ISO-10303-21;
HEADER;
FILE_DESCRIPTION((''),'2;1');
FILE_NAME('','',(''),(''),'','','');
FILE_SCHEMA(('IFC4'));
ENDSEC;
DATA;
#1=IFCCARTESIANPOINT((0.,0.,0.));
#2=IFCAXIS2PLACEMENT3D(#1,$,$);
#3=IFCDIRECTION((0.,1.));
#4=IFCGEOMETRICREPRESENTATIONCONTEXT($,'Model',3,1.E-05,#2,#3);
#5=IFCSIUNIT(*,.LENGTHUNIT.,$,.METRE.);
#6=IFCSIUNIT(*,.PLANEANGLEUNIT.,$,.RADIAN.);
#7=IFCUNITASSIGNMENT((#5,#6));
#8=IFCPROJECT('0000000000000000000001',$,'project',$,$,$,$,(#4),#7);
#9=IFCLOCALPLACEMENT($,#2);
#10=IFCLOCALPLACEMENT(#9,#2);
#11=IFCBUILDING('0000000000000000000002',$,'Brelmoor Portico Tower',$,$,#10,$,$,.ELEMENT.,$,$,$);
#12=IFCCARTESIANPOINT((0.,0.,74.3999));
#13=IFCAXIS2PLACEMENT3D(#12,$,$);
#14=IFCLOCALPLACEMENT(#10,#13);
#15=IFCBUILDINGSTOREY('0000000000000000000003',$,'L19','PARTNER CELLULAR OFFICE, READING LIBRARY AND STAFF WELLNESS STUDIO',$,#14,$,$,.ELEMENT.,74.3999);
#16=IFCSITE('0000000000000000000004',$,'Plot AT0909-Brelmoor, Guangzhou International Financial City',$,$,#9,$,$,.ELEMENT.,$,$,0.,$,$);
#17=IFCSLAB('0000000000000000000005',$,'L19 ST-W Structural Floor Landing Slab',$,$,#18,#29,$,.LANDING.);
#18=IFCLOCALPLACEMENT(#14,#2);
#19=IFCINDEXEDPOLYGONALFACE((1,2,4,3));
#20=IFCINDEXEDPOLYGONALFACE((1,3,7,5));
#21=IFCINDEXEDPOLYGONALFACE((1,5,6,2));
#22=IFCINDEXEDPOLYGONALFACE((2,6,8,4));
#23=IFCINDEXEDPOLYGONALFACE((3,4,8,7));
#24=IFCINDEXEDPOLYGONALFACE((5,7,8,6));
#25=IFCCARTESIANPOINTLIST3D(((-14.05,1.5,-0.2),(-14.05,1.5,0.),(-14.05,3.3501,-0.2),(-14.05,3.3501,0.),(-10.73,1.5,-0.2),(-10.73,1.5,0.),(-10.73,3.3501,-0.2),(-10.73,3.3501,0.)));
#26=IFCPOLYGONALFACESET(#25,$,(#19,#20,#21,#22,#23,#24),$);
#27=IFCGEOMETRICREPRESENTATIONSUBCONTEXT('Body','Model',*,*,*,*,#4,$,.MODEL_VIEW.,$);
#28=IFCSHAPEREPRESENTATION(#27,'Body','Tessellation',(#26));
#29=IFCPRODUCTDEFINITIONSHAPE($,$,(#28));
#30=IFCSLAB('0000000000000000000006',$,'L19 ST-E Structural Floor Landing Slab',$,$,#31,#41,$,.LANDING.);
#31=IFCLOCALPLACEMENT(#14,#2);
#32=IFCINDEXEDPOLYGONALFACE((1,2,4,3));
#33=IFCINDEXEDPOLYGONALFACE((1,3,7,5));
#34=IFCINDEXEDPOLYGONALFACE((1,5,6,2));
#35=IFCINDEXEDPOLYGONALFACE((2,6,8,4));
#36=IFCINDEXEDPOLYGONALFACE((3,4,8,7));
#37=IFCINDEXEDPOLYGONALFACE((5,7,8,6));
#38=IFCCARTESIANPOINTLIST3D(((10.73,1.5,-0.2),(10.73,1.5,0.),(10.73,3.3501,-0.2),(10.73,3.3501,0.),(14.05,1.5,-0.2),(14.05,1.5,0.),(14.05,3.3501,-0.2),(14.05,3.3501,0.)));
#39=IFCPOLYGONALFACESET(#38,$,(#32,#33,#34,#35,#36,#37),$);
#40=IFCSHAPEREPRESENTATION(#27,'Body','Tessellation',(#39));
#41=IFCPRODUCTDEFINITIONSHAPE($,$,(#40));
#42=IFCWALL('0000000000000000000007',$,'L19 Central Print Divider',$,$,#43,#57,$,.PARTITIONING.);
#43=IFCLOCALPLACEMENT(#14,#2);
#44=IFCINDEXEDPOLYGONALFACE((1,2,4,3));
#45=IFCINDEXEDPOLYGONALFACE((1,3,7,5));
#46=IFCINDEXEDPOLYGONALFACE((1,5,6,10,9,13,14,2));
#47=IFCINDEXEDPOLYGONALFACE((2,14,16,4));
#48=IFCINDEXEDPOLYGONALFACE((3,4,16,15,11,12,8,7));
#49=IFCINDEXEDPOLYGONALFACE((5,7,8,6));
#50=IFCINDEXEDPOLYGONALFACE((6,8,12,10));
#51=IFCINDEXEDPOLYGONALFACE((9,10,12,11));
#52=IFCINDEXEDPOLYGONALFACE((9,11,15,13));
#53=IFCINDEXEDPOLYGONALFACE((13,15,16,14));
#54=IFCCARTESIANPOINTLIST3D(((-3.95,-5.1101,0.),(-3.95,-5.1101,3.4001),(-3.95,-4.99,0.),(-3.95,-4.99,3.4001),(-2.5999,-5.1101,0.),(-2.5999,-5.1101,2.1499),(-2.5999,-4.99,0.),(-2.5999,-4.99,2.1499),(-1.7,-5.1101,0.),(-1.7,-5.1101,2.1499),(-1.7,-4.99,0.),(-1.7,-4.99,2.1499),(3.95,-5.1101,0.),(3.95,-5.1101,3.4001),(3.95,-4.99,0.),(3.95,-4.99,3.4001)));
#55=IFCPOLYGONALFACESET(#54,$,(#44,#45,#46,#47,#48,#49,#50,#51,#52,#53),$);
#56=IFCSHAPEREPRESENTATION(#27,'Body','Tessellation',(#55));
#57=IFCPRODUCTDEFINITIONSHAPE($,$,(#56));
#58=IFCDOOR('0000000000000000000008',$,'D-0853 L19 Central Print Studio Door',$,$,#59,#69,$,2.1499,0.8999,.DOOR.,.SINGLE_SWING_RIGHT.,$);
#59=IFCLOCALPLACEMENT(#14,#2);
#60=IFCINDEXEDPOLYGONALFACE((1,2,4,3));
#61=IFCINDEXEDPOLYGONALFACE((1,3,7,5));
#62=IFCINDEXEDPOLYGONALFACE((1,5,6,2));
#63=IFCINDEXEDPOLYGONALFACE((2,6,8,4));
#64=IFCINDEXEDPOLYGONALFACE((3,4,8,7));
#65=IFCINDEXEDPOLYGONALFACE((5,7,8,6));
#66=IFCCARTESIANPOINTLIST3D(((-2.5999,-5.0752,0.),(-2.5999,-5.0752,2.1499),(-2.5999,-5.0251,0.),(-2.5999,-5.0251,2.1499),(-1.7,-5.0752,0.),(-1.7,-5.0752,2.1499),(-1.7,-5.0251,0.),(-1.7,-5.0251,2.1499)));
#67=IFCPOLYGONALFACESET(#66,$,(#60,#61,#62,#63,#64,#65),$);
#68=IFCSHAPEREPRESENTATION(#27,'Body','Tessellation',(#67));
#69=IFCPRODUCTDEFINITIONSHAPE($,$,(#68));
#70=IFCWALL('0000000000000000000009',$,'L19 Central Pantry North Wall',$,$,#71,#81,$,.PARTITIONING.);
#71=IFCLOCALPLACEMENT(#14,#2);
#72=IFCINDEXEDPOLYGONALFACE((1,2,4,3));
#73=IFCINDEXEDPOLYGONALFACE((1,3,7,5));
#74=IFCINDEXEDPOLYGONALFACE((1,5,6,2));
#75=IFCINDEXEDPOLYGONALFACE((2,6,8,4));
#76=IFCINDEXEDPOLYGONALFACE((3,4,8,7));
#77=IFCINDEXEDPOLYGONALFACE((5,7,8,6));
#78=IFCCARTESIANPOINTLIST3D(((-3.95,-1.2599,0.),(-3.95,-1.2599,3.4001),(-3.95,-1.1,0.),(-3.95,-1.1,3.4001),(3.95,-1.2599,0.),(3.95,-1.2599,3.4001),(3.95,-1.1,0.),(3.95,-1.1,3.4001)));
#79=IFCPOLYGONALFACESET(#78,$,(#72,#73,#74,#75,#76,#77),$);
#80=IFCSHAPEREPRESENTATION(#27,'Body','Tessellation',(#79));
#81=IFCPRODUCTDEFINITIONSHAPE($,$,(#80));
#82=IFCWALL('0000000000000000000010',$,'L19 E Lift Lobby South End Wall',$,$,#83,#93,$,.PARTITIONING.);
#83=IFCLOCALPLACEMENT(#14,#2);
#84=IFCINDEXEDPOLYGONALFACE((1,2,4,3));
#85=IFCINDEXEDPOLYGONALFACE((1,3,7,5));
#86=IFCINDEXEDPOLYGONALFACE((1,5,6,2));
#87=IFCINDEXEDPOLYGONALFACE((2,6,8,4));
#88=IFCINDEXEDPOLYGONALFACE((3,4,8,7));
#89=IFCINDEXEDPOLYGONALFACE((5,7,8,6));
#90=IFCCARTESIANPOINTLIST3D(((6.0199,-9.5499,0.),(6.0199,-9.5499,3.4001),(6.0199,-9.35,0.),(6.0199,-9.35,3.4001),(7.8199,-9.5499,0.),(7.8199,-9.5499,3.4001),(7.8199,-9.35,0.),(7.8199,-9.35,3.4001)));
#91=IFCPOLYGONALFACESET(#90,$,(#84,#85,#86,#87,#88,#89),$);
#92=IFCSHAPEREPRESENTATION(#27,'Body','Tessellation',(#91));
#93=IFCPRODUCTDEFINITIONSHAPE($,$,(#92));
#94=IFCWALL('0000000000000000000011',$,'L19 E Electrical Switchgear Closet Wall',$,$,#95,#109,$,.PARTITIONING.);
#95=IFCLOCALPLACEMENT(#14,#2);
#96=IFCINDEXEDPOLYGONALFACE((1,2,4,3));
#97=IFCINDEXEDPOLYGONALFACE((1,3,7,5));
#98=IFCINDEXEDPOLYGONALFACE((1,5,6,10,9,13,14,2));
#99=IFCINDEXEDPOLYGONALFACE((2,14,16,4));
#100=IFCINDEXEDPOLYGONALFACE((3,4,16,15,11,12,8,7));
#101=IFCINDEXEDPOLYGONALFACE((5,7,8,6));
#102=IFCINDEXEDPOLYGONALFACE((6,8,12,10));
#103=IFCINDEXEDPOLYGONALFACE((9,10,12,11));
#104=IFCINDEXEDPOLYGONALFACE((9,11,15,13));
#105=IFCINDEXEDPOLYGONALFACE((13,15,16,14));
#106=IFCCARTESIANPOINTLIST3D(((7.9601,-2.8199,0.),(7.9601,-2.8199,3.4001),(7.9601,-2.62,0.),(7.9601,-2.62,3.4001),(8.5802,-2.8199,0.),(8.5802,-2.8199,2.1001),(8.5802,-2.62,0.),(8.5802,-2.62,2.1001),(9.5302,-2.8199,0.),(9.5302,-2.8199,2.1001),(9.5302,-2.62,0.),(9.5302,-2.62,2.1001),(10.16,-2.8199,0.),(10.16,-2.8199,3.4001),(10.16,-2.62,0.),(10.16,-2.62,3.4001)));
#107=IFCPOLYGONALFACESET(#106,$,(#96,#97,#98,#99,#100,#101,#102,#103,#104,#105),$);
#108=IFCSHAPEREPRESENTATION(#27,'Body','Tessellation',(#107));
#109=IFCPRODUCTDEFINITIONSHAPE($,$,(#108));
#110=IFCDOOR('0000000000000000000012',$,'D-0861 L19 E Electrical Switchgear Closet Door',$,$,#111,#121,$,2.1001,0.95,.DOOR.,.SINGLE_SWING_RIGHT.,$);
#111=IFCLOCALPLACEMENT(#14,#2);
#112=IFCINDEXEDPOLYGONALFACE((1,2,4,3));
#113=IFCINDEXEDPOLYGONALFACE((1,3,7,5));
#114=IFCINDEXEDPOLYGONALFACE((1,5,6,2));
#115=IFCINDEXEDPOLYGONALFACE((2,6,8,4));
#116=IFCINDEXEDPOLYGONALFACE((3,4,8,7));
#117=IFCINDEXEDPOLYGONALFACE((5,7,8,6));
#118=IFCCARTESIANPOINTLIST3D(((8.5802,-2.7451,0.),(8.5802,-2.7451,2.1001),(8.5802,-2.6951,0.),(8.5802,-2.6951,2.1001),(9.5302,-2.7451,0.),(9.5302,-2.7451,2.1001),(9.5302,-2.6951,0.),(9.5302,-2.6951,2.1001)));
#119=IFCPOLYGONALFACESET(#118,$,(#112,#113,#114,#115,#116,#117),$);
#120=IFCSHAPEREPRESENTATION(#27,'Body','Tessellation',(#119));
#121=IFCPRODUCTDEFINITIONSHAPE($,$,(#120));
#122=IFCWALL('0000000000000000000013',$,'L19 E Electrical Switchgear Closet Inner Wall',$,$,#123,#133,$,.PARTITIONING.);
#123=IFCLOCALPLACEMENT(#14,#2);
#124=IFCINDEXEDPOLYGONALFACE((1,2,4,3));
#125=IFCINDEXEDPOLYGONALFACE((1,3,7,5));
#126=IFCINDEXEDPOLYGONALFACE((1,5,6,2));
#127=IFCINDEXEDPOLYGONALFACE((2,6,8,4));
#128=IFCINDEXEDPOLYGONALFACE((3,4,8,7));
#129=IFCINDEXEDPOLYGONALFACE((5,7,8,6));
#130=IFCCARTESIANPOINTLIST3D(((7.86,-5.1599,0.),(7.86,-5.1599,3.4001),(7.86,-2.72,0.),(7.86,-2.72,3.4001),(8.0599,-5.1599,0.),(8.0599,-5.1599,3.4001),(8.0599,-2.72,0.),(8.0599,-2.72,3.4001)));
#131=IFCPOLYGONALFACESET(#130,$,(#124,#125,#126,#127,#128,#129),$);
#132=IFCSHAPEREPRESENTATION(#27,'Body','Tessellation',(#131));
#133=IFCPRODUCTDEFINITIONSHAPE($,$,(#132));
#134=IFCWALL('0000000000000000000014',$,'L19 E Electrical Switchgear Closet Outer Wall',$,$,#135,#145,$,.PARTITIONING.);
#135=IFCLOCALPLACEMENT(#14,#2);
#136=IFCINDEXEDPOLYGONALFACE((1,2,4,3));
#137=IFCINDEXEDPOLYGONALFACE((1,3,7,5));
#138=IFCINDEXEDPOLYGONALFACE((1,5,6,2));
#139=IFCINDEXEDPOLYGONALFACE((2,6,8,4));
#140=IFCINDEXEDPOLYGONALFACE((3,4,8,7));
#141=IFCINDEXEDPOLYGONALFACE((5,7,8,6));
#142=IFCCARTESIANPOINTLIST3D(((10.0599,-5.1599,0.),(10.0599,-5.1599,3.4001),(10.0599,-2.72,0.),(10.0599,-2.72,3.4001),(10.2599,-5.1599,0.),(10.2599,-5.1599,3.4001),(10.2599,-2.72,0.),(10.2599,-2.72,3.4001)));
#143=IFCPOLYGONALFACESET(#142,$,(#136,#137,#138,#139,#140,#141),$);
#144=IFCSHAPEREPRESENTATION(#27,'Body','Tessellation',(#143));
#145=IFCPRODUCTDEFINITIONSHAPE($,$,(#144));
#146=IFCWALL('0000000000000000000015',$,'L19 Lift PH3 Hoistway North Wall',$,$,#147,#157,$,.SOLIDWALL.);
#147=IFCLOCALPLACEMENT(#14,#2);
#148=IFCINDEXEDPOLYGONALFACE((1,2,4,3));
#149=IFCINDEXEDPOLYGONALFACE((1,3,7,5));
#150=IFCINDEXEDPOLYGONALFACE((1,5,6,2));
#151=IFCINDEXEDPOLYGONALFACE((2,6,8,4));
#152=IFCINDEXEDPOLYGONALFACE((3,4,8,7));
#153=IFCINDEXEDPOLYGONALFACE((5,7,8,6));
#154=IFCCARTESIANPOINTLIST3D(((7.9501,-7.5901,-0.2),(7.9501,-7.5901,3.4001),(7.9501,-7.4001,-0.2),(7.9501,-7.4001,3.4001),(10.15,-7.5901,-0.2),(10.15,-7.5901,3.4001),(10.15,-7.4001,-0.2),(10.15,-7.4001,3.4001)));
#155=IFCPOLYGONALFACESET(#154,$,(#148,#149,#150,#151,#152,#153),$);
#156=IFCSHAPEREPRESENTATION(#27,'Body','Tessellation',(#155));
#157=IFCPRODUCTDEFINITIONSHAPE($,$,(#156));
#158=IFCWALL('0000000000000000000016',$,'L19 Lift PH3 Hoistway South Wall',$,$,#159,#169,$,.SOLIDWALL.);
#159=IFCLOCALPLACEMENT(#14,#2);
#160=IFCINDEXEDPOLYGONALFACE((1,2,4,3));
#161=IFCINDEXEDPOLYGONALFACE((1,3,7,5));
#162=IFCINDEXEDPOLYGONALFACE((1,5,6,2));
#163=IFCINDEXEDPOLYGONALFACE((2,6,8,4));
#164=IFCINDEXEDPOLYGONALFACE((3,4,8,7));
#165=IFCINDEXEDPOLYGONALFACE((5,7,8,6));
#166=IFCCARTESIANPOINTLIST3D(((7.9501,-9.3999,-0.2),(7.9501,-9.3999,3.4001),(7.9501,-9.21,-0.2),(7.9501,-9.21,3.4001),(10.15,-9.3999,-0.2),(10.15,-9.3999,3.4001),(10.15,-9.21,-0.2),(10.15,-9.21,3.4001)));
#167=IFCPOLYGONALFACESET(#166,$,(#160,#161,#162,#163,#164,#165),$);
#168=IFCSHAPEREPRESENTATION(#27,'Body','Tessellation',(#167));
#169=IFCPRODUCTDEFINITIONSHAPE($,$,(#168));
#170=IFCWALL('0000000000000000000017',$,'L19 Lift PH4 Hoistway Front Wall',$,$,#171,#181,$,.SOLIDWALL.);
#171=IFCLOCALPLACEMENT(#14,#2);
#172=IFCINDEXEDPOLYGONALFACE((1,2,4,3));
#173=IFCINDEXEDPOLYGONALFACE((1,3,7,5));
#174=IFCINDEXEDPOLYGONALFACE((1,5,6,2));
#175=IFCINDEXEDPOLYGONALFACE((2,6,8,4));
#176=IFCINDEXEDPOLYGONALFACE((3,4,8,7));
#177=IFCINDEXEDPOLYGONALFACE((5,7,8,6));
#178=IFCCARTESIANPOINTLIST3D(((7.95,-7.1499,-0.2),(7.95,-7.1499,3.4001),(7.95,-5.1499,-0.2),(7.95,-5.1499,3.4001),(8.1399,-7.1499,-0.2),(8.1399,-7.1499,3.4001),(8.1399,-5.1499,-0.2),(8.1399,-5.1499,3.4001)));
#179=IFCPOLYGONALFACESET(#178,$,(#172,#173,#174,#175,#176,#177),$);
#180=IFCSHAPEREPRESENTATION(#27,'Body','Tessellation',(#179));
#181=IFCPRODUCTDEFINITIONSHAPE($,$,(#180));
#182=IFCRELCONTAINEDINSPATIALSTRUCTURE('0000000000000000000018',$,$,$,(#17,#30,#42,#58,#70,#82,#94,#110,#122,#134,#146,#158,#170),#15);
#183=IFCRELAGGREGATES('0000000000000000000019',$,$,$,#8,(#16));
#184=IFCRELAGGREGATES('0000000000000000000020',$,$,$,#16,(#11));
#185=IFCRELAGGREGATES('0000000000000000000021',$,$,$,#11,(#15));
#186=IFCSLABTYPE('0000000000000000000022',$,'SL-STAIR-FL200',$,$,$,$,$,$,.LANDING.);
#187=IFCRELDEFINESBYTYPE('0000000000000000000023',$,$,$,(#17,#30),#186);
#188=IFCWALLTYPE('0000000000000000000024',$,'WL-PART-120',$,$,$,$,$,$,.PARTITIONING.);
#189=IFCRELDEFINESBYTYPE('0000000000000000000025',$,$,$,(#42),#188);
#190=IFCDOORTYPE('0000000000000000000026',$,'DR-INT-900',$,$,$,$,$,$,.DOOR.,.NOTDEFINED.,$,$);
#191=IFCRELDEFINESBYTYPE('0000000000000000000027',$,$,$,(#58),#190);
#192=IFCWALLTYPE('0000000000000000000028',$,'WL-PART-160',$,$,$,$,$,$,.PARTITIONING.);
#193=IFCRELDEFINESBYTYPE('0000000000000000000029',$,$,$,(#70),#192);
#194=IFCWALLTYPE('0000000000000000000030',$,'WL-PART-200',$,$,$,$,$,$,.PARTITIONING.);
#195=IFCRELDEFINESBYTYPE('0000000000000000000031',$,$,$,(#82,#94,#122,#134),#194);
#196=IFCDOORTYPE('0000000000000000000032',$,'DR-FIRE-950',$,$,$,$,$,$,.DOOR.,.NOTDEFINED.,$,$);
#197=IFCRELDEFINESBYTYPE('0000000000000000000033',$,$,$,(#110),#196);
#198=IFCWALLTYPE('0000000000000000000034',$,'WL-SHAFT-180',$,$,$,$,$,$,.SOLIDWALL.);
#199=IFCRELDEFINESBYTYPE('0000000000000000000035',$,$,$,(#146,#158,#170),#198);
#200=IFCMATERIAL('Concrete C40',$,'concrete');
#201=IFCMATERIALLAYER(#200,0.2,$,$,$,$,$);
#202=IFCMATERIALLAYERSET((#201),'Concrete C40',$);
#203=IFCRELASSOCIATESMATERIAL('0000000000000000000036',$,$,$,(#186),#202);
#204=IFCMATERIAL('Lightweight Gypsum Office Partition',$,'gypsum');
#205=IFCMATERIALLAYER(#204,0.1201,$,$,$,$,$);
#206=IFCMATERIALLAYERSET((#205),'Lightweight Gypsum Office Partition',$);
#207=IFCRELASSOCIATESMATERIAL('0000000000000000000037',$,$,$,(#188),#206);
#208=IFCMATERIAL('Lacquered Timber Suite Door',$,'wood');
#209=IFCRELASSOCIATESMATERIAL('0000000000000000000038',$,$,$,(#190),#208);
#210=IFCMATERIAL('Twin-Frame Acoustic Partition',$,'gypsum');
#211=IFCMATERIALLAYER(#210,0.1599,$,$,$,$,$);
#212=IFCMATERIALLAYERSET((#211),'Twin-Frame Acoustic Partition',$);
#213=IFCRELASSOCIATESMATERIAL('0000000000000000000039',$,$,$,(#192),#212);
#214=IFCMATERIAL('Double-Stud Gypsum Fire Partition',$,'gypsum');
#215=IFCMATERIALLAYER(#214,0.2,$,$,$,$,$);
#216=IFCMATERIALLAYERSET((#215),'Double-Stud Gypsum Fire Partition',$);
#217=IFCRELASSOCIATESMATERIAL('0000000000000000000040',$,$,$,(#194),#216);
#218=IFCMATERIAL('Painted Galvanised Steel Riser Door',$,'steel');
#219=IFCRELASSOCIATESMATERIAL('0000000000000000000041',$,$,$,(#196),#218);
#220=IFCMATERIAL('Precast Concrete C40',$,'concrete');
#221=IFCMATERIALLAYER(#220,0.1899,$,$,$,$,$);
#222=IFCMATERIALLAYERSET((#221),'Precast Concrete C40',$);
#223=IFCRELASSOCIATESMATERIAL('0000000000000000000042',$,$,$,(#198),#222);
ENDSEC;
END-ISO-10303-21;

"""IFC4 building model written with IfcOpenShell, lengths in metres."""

from ifc_helpers import new_model, si_unit, direction, frame, frame_2d, origin, place, context, subcontext, project, spatial, polyline, rectangle, outline, extrude, material, layer, layer_set, type_object, element, fill, save


model = new_model("IFC4")

# Units and contexts
model_context = context("Model", 3, precision=1e-05, world=origin(), true_north=direction((0.0, 1.0)))
body_context = subcontext(model_context, "Body", "Model", "MODEL_VIEW")
ifc_project = project(units=[si_unit("LENGTHUNIT", "METRE"), si_unit("PLANEANGLEUNIT", "RADIAN")], contexts=[model_context])

# Site, building, storey
site_placement = place(None, origin())
site = spatial("IfcSite", under=ifc_project, at=site_placement, Name="Plot AT0909-Brelmoor, Guangzhou International Financial City", CompositionType="ELEMENT", RefElevation=0.0)
building_placement = place(site_placement, origin())
building = spatial("IfcBuilding", under=site, at=building_placement, Name="Brelmoor Portico Tower", CompositionType="ELEMENT")
storey_placement = place(building_placement, frame((0.0, 0.0, 74.3999)))
storey = spatial("IfcBuildingStorey", under=building, at=storey_placement, Name="L19", Description="PARTNER CELLULAR OFFICE, READING LIBRARY AND STAFF WELLNESS STUDIO", CompositionType="ELEMENT", Elevation=74.3999)

# Shared definitions
ifc_material_1 = material(Name="Concrete C40", Category="concrete")

# Slabs
ifc_layer_1 = layer(ifc_material_1, 0.2)
ifc_layer_set_1 = layer_set([ifc_layer_1], Name="Concrete C40")
slab_type_1 = type_object("IfcSlabType", Name="SL-STAIR-FL200", PredefinedType="LANDING", material=ifc_layer_set_1)
slab_1_placement = place(storey_placement, frame((0.0, 0.0, -0.2)))
element("IfcSlab", 1, at=slab_1_placement, inside=storey, type_object=slab_type_1, Name="L19 ST-W Structural Floor Landing Slab", PredefinedType="LANDING", context=body_context, shape_type="SweptSolid", body=[
    extrude(outline(polyline([(-10.73, 1.5), (-10.73, 3.3501), (-14.05, 3.3501), (-14.05, 1.5), (-10.73, 1.5)])), origin(), (0.0, 0.0, 1.0), 0.2),
])
slab_2_placement = place(storey_placement, frame((0.0, 0.0, -0.2)))
element("IfcSlab", 2, at=slab_2_placement, inside=storey, type_object=slab_type_1, Name="L19 ST-E Structural Floor Landing Slab", PredefinedType="LANDING", context=body_context, shape_type="SweptSolid", body=[
    extrude(outline(polyline([(14.05, 1.5), (14.05, 3.3501), (10.73, 3.3501), (10.73, 1.5), (14.05, 1.5)])), origin(), (0.0, 0.0, 1.0), 0.2),
])

# Wall, opening, door
ifc_material_2 = material(Name="Lightweight Gypsum Office Partition", Category="gypsum")
ifc_layer_2 = layer(ifc_material_2, 0.1201)
ifc_layer_set_2 = layer_set([ifc_layer_2], Name="Lightweight Gypsum Office Partition")
wall_type_1 = type_object("IfcWallType", Name="WL-PART-120", PredefinedType="PARTITIONING", material=ifc_layer_set_2)
wall_1_placement = place(storey_placement, frame((-3.95, -5.05, 0.0), z_axis=(0.0, 0.0, 1.0), x_axis=(1.0, 0.0, 0.0)))
wall_1 = element("IfcWall", 3, at=wall_1_placement, inside=storey, type_object=wall_type_1, Name="L19 Central Print Divider", PredefinedType="PARTITIONING", context=body_context, shape_type="SweptSolid", body=[
    extrude(rectangle(XDim=7.8999, YDim=0.1201, at=frame_2d((3.95, 0.0))), origin(), (0.0, 0.0, 1.0), 3.4001),
])
opening_1_placement = place(wall_1_placement, frame((1.3501, 0.0, 0.0)))
opening_1 = element("IfcOpeningElement", 4, at=opening_1_placement, cuts=wall_1, PredefinedType="OPENING", context=body_context, shape_type="SweptSolid", body=[
    extrude(rectangle(XDim=0.8999, YDim=2.1499, at=frame_2d((0.45, 1.075))), frame((0.0, 0.0701, 0.0), z_axis=(0.0, -1.0, 0.0), x_axis=(1.0, 0.0, 0.0)), (0.0, 0.0, 1.0), 0.1401),
])
ifc_material_3 = material(Name="Lacquered Timber Suite Door", Category="wood")
door_type_1 = type_object("IfcDoorType", Name="DR-INT-900", OperationType="NOTDEFINED", PredefinedType="DOOR", material=ifc_material_3)
door_1_placement = place(opening_1_placement, origin())
door_1 = element("IfcDoor", 5, at=door_1_placement, inside=storey, type_object=door_type_1, Name="D-0853 L19 Central Print Studio Door", OperationType="SINGLE_SWING_RIGHT", OverallHeight=2.1499, OverallWidth=0.8999, PredefinedType="DOOR", context=body_context, shape_type="SweptSolid", body=[
    extrude(rectangle(XDim=0.8999, YDim=2.1499, at=frame_2d((0.45, 1.075))), frame((0.0, 0.0249, 0.0), z_axis=(0.0, -1.0, 0.0), x_axis=(1.0, 0.0, 0.0)), (0.0, 0.0, 1.0), 0.05),
])
fill(opening_1, door_1)

# Walls
ifc_material_4 = material(Name="Twin-Frame Acoustic Partition", Category="gypsum")
ifc_layer_3 = layer(ifc_material_4, 0.1599)
ifc_layer_set_3 = layer_set([ifc_layer_3], Name="Twin-Frame Acoustic Partition")
wall_type_2 = type_object("IfcWallType", Name="WL-PART-160", PredefinedType="PARTITIONING", material=ifc_layer_set_3)
wall_2_placement = place(storey_placement, frame((-3.95, -1.1799, 0.0), z_axis=(0.0, 0.0, 1.0), x_axis=(1.0, 0.0, 0.0)))
element("IfcWall", 6, at=wall_2_placement, inside=storey, type_object=wall_type_2, Name="L19 Central Pantry North Wall", PredefinedType="PARTITIONING", context=body_context, shape_type="SweptSolid", body=[
    extrude(rectangle(XDim=7.8999, YDim=0.1599, at=frame_2d((3.95, 0.0))), origin(), (0.0, 0.0, 1.0), 3.4001),
])
ifc_material_5 = material(Name="Double-Stud Gypsum Fire Partition", Category="gypsum")
ifc_layer_4 = layer(ifc_material_5, 0.2)
ifc_layer_set_4 = layer_set([ifc_layer_4], Name="Double-Stud Gypsum Fire Partition")
wall_type_3 = type_object("IfcWallType", Name="WL-PART-200", PredefinedType="PARTITIONING", material=ifc_layer_set_4)
wall_3_placement = place(storey_placement, frame((6.02, -9.45, 0.0), z_axis=(0.0, 0.0, 1.0), x_axis=(1.0, 0.0, 0.0)))
element("IfcWall", 7, at=wall_3_placement, inside=storey, type_object=wall_type_3, Name="L19 E Lift Lobby South End Wall", PredefinedType="PARTITIONING", context=body_context, shape_type="SweptSolid", body=[
    extrude(rectangle(XDim=1.8, YDim=0.2, at=frame_2d((0.8999, 0.0))), origin(), (0.0, 0.0, 1.0), 3.4001),
])

# Wall, opening, door
wall_4_placement = place(storey_placement, frame((7.96, -2.72, 0.0), z_axis=(0.0, 0.0, 1.0), x_axis=(1.0, 0.0, 0.0)))
wall_4 = element("IfcWall", 8, at=wall_4_placement, inside=storey, type_object=wall_type_3, Name="L19 E Electrical Switchgear Closet Wall", PredefinedType="PARTITIONING", context=body_context, shape_type="SweptSolid", body=[
    extrude(rectangle(XDim=2.2, YDim=0.2, at=frame_2d((1.1001, 0.0))), origin(), (0.0, 0.0, 1.0), 3.4001),
])
opening_2_placement = place(wall_4_placement, frame((0.6201, 0.0, 0.0)))
opening_2 = element("IfcOpeningElement", 9, at=opening_2_placement, cuts=wall_4, PredefinedType="OPENING", context=body_context, shape_type="SweptSolid", body=[
    extrude(rectangle(XDim=0.95, YDim=2.1001, at=frame_2d((0.4751, 1.05))), frame((0.0, 0.1099, 0.0), z_axis=(0.0, -1.0, 0.0), x_axis=(1.0, 0.0, 0.0)), (0.0, 0.0, 1.0), 0.22),
])
ifc_material_6 = material(Name="Painted Galvanised Steel Riser Door", Category="steel")
door_type_2 = type_object("IfcDoorType", Name="DR-FIRE-950", OperationType="NOTDEFINED", PredefinedType="DOOR", material=ifc_material_6)
door_2_placement = place(opening_2_placement, origin())
door_2 = element("IfcDoor", 10, at=door_2_placement, inside=storey, type_object=door_type_2, Name="D-0861 L19 E Electrical Switchgear Closet Door", OperationType="SINGLE_SWING_RIGHT", OverallHeight=2.1001, OverallWidth=0.95, PredefinedType="DOOR", context=body_context, shape_type="SweptSolid", body=[
    extrude(rectangle(XDim=0.95, YDim=2.1001, at=frame_2d((0.4751, 1.05))), frame((0.0, 0.0249, 0.0), z_axis=(0.0, -1.0, 0.0), x_axis=(1.0, 0.0, 0.0)), (0.0, 0.0, 1.0), 0.05),
])
fill(opening_2, door_2)

# Walls
for number, where, z_axis, x_axis, name in (
    (11, (7.96, -5.1599, 0.0), (0.0, 0.0, 1.0), (0.0, 1.0, 0.0), "L19 E Electrical Switchgear Closet Inner Wall"),
    (12, (10.1599, -5.1599, 0.0), (0.0, 0.0, 1.0), (0.0, 1.0, 0.0), "L19 E Electrical Switchgear Closet Outer Wall"),
):
    element("IfcWall", number, at=place(storey_placement, frame(where, z_axis=z_axis, x_axis=x_axis)), inside=storey, type_object=wall_type_3, Name=name, PredefinedType="PARTITIONING", context=body_context, shape_type="SweptSolid", body=[
        extrude(rectangle(XDim=2.4399, YDim=0.2, at=frame_2d((1.22, 0.0))), origin(), (0.0, 0.0, 1.0), 3.4001),
    ])
ifc_material_7 = material(Name="Precast Concrete C40", Category="concrete")
ifc_layer_5 = layer(ifc_material_7, 0.1899)
ifc_layer_set_5 = layer_set([ifc_layer_5], Name="Precast Concrete C40")
wall_type_4 = type_object("IfcWallType", Name="WL-SHAFT-180", PredefinedType="SOLIDWALL", material=ifc_layer_set_5)
for number, where, z_axis, x_axis, name in (
    (13, (7.95, -7.4951, -0.2), (0.0, 0.0, 1.0), (1.0, 0.0, 0.0), "L19 Lift PH3 Hoistway North Wall"),
    (14, (7.95, -9.3049, -0.2), (0.0, 0.0, 1.0), (1.0, 0.0, 0.0), "L19 Lift PH3 Hoistway South Wall"),
):
    element("IfcWall", number, at=place(storey_placement, frame(where, z_axis=z_axis, x_axis=x_axis)), inside=storey, type_object=wall_type_4, Name=name, PredefinedType="SOLIDWALL", context=body_context, shape_type="SweptSolid", body=[
        extrude(rectangle(XDim=2.2, YDim=0.1899, at=frame_2d((1.1001, 0.0))), origin(), (0.0, 0.0, 1.0), 3.6001),
    ])
for number, where, z_axis, x_axis, name in (
    (15, (8.0449, -7.1499, -0.2), (0.0, 0.0, 1.0), (0.0, 1.0, 0.0), "L19 Lift PH4 Hoistway Front Wall"),
):
    element("IfcWall", number, at=place(storey_placement, frame(where, z_axis=z_axis, x_axis=x_axis)), inside=storey, type_object=wall_type_4, Name=name, PredefinedType="SOLIDWALL", context=body_context, shape_type="SweptSolid", body=[
        extrude(rectangle(XDim=2.0, YDim=0.1899, at=frame_2d((1.0, 0.0))), origin(), (0.0, 0.0, 1.0), 3.6001),
    ])

save(model, "model.ifc")
